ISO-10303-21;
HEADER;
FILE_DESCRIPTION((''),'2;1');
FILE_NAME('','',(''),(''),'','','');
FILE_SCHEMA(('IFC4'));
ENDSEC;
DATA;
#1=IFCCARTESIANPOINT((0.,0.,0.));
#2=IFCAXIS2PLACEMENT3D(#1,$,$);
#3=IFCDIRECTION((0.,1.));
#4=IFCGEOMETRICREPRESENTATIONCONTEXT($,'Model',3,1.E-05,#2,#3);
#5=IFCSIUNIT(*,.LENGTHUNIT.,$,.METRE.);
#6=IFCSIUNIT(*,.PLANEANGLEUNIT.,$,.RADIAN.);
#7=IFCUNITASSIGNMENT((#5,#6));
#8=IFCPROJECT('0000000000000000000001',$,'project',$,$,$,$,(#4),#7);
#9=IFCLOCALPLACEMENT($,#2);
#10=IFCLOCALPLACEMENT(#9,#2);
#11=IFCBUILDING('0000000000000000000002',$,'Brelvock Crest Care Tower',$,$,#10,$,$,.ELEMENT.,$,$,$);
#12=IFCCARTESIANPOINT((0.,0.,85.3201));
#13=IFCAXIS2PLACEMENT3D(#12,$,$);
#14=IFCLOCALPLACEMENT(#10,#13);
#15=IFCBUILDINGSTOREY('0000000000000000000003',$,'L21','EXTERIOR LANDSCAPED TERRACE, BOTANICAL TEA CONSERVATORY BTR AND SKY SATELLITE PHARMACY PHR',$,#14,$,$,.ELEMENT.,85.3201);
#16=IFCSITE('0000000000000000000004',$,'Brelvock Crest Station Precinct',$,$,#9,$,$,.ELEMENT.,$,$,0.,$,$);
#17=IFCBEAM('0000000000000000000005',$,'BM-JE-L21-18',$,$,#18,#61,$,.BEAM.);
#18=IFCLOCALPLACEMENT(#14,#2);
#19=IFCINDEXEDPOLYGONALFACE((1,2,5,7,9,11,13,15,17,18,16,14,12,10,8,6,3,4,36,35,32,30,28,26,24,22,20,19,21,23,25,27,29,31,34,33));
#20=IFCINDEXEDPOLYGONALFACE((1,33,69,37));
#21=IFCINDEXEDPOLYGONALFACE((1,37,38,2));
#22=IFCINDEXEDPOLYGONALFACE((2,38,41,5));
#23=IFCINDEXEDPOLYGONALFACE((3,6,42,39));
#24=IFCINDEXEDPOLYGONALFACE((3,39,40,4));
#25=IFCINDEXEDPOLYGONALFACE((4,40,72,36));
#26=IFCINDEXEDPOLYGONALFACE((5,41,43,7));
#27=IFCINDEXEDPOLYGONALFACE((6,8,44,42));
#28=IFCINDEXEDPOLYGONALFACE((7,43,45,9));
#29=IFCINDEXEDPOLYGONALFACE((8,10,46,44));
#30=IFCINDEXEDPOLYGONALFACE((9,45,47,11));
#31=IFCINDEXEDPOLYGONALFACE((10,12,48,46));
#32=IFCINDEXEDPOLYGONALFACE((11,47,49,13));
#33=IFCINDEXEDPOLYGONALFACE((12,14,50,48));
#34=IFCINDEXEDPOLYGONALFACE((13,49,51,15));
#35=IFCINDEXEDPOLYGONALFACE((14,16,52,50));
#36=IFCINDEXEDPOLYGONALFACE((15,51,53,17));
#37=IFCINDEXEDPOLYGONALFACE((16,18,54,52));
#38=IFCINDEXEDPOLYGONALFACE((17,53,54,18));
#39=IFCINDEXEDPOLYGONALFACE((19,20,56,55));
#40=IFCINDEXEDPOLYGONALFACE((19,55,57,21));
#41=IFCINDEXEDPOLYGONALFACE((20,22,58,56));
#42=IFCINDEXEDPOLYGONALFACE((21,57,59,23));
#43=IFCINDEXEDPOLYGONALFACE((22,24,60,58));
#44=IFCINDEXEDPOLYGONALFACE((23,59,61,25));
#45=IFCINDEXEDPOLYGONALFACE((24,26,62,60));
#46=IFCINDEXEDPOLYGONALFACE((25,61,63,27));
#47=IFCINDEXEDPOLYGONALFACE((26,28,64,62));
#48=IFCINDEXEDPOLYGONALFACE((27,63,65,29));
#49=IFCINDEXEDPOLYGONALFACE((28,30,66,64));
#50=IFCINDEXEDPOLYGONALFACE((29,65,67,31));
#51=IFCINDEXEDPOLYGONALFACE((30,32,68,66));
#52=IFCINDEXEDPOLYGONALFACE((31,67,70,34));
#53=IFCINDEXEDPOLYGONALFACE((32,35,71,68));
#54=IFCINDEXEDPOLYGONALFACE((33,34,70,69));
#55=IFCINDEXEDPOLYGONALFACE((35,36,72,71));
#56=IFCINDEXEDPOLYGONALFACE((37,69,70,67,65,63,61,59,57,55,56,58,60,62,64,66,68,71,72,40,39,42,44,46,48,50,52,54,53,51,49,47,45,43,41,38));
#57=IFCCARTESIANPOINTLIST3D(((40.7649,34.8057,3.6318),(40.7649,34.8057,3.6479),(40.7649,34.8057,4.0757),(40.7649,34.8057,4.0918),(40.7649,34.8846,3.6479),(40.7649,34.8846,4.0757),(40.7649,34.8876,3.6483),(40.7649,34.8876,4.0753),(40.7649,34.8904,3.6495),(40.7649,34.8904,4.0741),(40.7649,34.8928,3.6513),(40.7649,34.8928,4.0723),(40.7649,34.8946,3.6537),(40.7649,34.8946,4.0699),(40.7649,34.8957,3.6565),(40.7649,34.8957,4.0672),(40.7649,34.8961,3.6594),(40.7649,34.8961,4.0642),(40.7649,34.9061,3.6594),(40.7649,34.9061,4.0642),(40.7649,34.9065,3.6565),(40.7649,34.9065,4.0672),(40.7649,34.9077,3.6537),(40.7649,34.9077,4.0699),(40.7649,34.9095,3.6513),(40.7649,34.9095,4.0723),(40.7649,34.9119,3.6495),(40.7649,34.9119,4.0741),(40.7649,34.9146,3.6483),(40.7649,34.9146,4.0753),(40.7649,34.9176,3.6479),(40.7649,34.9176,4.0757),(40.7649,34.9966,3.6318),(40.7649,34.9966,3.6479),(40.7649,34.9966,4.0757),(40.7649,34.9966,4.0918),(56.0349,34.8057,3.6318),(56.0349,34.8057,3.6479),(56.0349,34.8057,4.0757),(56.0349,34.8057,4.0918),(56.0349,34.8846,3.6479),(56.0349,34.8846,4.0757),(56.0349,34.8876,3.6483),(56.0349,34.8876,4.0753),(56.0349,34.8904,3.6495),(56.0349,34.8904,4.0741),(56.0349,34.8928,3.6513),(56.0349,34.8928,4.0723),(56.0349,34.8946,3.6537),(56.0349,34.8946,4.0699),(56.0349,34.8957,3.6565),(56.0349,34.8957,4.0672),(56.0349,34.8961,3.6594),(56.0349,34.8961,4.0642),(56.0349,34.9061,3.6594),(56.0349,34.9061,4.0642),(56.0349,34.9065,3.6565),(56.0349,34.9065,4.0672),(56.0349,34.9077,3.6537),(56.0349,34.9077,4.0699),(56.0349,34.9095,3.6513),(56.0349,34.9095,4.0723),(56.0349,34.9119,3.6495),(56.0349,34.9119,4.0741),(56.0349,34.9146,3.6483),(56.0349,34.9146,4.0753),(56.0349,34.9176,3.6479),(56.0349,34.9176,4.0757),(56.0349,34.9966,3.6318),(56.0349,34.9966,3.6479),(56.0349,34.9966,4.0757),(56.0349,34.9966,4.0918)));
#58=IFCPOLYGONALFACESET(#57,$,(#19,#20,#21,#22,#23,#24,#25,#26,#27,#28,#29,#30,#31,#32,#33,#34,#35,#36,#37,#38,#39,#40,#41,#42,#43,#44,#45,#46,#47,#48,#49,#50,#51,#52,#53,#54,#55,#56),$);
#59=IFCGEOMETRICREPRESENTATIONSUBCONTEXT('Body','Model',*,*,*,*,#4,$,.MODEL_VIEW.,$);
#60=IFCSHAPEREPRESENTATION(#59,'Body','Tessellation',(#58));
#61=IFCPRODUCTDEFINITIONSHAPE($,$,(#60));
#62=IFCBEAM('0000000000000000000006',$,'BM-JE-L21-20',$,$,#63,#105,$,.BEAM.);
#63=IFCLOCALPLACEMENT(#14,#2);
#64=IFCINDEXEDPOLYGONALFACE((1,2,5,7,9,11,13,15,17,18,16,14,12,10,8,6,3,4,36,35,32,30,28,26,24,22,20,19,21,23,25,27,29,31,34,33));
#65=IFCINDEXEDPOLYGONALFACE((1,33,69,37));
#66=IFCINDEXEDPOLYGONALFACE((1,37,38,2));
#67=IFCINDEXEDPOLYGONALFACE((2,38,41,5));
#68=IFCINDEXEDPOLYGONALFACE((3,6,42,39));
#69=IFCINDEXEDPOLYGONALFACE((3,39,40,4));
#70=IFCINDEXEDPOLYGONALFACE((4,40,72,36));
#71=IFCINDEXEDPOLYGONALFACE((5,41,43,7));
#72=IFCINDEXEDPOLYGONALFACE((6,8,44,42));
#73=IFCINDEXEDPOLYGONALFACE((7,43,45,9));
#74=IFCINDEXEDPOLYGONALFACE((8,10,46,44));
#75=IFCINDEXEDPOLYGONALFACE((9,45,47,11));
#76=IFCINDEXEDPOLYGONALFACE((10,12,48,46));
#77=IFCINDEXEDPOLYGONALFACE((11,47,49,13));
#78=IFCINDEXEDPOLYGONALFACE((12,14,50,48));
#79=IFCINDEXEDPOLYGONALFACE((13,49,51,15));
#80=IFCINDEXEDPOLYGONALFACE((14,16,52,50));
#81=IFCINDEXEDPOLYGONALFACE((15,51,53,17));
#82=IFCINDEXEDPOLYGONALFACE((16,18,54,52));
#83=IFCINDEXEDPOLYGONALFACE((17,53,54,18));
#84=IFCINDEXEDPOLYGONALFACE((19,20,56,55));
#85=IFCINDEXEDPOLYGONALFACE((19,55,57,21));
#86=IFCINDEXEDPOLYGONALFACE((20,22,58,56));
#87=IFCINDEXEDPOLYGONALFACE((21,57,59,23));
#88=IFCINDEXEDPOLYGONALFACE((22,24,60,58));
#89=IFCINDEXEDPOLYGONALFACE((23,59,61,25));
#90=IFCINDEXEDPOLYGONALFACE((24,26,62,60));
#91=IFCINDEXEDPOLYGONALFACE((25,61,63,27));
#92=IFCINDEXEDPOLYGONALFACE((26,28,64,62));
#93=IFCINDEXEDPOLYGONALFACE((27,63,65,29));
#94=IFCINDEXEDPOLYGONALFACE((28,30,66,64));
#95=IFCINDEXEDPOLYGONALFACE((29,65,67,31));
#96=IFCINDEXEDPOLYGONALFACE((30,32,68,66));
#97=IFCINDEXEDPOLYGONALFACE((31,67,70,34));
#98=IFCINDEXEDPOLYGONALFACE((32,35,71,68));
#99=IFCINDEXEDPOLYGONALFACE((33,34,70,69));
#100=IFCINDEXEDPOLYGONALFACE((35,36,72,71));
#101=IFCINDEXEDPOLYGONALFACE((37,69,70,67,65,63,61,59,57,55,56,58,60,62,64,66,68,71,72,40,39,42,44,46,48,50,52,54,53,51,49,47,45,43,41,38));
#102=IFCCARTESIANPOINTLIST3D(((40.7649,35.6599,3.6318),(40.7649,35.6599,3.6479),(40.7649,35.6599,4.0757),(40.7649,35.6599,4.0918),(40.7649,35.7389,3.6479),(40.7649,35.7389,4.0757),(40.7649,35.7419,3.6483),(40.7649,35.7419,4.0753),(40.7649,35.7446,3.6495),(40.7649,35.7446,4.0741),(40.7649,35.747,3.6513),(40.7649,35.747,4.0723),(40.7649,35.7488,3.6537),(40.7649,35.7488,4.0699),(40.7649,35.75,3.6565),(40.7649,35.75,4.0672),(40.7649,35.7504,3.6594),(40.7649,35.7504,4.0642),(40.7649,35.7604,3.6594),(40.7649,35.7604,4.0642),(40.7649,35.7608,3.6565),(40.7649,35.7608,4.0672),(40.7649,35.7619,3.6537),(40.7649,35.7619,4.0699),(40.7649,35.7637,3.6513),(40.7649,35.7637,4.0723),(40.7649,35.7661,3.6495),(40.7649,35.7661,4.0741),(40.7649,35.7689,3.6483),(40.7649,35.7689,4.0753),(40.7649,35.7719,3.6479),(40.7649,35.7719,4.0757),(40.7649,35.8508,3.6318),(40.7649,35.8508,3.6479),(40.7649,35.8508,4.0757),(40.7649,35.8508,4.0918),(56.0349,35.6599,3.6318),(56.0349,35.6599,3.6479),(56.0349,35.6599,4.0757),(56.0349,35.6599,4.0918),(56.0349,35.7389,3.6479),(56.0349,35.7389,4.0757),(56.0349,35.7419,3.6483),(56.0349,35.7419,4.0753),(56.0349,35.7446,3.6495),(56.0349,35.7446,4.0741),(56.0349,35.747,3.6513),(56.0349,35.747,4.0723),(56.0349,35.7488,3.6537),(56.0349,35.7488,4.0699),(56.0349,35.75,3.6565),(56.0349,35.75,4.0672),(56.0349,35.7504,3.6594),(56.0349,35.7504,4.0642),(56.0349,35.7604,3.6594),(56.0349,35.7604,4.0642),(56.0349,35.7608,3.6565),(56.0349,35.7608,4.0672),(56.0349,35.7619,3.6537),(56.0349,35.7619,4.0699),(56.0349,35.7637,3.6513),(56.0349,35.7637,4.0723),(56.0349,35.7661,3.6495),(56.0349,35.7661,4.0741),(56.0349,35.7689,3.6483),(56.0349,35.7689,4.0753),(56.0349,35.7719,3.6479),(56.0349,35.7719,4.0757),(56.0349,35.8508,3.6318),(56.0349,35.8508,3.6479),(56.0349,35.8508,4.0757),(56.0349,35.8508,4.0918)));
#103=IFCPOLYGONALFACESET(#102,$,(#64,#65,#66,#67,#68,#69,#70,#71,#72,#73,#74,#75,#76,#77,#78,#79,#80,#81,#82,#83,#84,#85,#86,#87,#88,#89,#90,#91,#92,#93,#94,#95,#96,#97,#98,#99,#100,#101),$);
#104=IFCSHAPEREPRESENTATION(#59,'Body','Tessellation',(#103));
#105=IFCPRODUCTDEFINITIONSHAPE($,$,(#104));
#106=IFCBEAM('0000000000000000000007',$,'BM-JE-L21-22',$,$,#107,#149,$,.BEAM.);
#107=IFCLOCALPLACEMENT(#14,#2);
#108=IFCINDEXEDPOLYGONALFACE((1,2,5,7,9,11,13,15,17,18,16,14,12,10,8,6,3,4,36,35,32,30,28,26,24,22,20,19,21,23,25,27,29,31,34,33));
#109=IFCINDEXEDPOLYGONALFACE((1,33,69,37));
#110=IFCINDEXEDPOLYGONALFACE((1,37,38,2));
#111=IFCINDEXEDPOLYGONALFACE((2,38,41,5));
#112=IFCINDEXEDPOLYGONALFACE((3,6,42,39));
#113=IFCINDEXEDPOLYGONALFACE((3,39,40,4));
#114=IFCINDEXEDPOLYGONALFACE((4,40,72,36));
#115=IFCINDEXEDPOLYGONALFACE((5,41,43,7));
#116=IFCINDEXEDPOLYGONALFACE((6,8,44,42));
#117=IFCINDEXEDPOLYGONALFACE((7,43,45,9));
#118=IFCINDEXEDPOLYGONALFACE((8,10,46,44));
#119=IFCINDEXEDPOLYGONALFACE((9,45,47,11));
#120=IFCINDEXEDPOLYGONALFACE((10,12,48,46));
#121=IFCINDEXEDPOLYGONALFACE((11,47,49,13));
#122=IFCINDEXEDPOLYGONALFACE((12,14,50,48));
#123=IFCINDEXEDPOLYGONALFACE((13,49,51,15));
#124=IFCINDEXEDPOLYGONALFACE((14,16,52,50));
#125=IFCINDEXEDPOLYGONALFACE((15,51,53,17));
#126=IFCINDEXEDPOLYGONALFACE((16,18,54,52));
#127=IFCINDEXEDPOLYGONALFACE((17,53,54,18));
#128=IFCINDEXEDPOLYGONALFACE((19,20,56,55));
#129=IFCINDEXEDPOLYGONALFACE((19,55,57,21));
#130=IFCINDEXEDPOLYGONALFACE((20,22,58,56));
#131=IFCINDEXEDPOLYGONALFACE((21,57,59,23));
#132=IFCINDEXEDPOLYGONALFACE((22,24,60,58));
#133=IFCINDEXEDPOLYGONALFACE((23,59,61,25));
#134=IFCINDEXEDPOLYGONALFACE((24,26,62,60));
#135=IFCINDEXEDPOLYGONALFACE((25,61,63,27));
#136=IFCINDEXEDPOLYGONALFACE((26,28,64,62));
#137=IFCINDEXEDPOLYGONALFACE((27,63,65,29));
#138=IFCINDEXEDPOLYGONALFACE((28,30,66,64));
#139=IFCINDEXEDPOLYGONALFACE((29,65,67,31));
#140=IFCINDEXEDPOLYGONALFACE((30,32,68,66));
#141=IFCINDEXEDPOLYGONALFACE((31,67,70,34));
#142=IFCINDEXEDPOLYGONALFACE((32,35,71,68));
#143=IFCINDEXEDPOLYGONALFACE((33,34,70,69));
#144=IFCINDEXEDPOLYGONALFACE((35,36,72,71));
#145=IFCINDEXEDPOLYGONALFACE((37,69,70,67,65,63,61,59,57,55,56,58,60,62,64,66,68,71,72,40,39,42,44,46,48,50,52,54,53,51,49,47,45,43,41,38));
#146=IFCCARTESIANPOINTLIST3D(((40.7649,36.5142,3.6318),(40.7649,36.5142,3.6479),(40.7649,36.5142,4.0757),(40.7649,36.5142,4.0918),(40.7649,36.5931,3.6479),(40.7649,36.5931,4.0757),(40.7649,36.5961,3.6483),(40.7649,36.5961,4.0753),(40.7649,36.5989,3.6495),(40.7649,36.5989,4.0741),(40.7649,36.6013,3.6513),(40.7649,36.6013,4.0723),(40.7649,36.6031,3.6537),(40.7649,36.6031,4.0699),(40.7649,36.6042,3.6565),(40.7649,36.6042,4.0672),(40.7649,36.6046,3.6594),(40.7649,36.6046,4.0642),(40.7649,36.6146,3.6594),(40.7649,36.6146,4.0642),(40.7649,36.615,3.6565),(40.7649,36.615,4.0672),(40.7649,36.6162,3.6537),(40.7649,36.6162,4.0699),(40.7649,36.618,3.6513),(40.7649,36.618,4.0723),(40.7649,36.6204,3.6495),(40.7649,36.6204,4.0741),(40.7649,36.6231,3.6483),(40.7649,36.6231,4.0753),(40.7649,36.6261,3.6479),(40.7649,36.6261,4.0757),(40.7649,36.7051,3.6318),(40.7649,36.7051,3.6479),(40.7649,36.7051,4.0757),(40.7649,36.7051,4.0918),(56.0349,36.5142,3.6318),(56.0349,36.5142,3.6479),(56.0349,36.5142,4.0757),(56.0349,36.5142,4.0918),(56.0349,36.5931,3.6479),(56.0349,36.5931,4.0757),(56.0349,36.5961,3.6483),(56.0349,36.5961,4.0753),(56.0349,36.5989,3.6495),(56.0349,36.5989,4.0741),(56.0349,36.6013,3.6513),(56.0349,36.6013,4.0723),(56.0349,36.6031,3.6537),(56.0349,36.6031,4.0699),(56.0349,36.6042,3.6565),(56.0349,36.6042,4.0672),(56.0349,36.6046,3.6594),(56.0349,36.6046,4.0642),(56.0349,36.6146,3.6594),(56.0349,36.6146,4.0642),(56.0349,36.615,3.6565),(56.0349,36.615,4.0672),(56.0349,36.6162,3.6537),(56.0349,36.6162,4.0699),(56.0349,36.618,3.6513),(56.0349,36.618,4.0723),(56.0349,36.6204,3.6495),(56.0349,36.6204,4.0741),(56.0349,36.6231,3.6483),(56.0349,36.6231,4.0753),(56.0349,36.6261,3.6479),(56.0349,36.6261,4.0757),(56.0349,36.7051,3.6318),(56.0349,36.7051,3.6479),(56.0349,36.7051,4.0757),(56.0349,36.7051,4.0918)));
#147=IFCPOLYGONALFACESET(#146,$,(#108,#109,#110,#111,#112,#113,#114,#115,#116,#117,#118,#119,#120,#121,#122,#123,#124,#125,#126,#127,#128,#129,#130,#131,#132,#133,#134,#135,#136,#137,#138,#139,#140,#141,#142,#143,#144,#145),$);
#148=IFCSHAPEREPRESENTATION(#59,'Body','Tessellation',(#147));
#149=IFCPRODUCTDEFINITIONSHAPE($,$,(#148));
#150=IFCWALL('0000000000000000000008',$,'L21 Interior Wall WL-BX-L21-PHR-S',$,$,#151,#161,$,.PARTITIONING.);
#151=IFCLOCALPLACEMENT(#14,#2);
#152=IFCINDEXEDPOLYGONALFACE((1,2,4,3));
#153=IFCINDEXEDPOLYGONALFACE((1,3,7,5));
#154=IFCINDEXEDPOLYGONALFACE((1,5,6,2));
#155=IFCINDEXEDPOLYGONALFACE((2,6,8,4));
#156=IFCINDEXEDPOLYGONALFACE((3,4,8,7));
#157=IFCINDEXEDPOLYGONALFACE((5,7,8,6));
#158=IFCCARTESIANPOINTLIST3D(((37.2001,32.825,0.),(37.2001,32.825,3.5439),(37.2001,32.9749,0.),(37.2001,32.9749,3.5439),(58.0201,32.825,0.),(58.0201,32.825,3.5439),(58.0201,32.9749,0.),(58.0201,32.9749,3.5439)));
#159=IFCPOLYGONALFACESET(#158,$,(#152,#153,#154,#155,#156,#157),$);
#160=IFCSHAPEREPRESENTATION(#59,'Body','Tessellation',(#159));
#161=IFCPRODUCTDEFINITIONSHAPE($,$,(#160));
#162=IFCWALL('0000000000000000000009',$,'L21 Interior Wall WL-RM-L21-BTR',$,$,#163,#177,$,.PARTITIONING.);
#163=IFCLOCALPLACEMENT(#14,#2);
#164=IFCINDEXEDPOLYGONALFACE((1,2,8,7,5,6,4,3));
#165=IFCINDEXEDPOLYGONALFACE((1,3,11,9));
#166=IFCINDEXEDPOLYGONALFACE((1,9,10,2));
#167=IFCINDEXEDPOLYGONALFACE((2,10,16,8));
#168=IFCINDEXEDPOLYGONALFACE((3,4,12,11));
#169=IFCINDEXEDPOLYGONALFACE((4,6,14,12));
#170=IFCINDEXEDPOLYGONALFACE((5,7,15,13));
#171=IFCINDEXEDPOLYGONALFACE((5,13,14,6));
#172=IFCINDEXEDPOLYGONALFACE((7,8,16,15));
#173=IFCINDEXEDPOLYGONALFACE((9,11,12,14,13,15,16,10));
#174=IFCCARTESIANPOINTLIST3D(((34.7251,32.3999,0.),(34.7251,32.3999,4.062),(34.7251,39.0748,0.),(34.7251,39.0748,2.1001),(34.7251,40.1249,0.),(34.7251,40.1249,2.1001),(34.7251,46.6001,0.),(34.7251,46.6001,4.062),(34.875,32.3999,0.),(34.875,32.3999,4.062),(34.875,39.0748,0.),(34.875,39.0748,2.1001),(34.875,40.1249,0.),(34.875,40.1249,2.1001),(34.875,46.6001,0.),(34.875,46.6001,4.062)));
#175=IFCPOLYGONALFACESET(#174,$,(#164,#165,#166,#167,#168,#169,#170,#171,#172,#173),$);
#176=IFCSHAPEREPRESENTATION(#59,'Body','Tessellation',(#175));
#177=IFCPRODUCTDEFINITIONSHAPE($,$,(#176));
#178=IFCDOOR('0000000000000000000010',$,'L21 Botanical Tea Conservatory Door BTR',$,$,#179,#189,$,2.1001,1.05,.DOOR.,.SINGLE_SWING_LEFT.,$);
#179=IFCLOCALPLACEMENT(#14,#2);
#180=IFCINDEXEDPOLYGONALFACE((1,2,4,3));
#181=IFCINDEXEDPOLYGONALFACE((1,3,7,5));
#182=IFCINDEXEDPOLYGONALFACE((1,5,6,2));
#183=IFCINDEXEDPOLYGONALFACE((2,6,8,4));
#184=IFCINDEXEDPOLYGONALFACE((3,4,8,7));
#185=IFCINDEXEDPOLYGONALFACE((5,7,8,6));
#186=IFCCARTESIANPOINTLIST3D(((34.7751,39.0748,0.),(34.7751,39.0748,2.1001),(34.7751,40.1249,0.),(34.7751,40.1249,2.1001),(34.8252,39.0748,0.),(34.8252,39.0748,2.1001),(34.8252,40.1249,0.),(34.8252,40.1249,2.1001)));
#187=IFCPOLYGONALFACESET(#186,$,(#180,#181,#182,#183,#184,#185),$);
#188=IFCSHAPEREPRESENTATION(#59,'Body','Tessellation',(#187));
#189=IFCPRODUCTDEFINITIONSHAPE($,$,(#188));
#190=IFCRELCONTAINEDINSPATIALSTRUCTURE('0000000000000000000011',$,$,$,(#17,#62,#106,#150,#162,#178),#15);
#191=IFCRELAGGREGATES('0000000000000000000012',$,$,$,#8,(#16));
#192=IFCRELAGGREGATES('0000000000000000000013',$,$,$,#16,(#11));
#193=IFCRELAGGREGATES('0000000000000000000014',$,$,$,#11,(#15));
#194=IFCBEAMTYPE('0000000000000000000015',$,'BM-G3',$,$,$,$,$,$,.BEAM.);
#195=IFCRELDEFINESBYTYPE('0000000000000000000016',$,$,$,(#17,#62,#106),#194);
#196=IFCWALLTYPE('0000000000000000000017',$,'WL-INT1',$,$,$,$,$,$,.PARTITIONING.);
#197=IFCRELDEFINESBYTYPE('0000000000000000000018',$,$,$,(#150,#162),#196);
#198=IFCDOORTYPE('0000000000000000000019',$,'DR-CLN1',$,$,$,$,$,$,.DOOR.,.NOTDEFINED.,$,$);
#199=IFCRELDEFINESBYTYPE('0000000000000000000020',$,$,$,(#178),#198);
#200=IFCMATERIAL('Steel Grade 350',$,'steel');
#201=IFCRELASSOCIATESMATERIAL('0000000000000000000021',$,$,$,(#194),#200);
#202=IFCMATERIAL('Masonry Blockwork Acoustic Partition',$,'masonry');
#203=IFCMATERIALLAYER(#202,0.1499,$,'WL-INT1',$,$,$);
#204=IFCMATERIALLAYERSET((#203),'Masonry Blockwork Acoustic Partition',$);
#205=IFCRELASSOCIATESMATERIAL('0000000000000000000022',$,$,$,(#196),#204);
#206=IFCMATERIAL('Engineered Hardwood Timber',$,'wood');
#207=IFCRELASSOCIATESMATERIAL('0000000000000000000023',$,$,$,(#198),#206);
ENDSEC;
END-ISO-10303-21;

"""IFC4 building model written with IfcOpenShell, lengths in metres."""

from ifc_helpers import new_model, si_unit, direction, frame, frame_2d, origin, origin_2d, place, context, subcontext, project, spatial, rectangle, i_section, extrude, source, transform, mapped, material, layer, layer_set, material_profile, profile_set, type_object, element, fill, save


model = new_model("IFC4")

# Units and contexts
model_context = context("Model", 3, precision=1e-05, world=origin(), true_north=direction((0.0, 1.0)))
body_context = subcontext(model_context, "Body", "Model", "MODEL_VIEW")
ifc_project = project(units=[si_unit("LENGTHUNIT", "METRE"), si_unit("PLANEANGLEUNIT", "RADIAN")], contexts=[model_context])

# Site, building, storey
site_placement = place(None, origin())
site = spatial("IfcSite", under=ifc_project, at=site_placement, Name="Brelvock Crest Station Precinct", CompositionType="ELEMENT", RefElevation=0.0)
building_placement = place(site_placement, origin())
building = spatial("IfcBuilding", under=site, at=building_placement, Name="Brelvock Crest Care Tower", CompositionType="ELEMENT")
storey_placement = place(building_placement, frame((0.0, 0.0, 85.3201)))
storey = spatial("IfcBuildingStorey", under=building, at=storey_placement, Name="L21", Description="EXTERIOR LANDSCAPED TERRACE, BOTANICAL TEA CONSERVATORY BTR AND SKY SATELLITE PHARMACY PHR", CompositionType="ELEMENT", Elevation=85.3201)

# Shared definitions
ifc_material_1 = material(Name="Steel Grade 350", Category="steel")

# Beams
ifc_material_profile_1 = material_profile(ifc_material_1, i_section(OverallWidth=0.1909, OverallDepth=0.46, WebThickness=0.01, FlangeThickness=0.0161, FilletRadius=0.0115, at=origin_2d()), Name="460UB82.1")
ifc_profile_set_1 = profile_set([ifc_material_profile_1], Name="Steel Grade 350")
beam_type_1 = type_object("IfcBeamType", Name="BM-G3", PredefinedType="BEAM", material=ifc_profile_set_1)
shared_shape_1 = source(origin(), body_context, "Body", "SweptSolid", [
    extrude(i_section(OverallWidth=0.1909, OverallDepth=0.46, WebThickness=0.01, FlangeThickness=0.0161, FilletRadius=0.0115, at=origin_2d()), origin(), (0.0, 0.0, 1.0), 15.27),
])
for number, where, z_axis, x_axis, name in (
    (1, (40.7649, 34.9011, 3.8618), (1.0, 0.0, 0.0), (0.0, 1.0, 0.0), "BM-JE-L21-18"),
    (2, (40.7649, 35.7554, 3.8618), (1.0, 0.0, 0.0), (0.0, 1.0, 0.0), "BM-JE-L21-20"),
    (3, (40.7649, 36.6096, 3.8618), (1.0, 0.0, 0.0), (0.0, 1.0, 0.0), "BM-JE-L21-22"),
):
    element("IfcBeam", number, at=place(storey_placement, frame(where, z_axis=z_axis, x_axis=x_axis)), inside=storey, type_object=beam_type_1, Name=name, PredefinedType="BEAM", context=body_context, shape_type="MappedRepresentation", body=[
        mapped(shared_shape_1, transform((0.0, 0.0, 0.0), x_axis=(1.0, 0.0, 0.0), y_axis=(0.0, 1.0, 0.0), z_axis=(0.0, 0.0, 1.0), scale=1.0)),
    ])

# Wall
ifc_material_2 = material(Name="Masonry Blockwork Acoustic Partition", Category="masonry")
ifc_layer = layer(ifc_material_2, 0.1499, Name="WL-INT1")
ifc_layer_set = layer_set([ifc_layer], Name="Masonry Blockwork Acoustic Partition")
wall_type = type_object("IfcWallType", Name="WL-INT1", PredefinedType="PARTITIONING", material=ifc_layer_set)
wall_1_placement = place(storey_placement, frame((37.2, 32.8999, 0.0), z_axis=(0.0, 0.0, 1.0), x_axis=(1.0, 0.0, 0.0)))
element("IfcWall", 4, at=wall_1_placement, inside=storey, type_object=wall_type, Name="L21 Interior Wall WL-BX-L21-PHR-S", PredefinedType="PARTITIONING", context=body_context, shape_type="SweptSolid", body=[
    extrude(rectangle(XDim=20.8201, YDim=0.1499, at=frame_2d((10.4102, 0.0))), origin(), (0.0, 0.0, 1.0), 3.5439),
])

# Wall, opening, door
wall_2_placement = place(storey_placement, frame((34.8, 32.3999, 0.0), z_axis=(0.0, 0.0, 1.0), x_axis=(0.0, 1.0, 0.0)))
wall_2 = element("IfcWall", 5, at=wall_2_placement, inside=storey, type_object=wall_type, Name="L21 Interior Wall WL-RM-L21-BTR", PredefinedType="PARTITIONING", context=body_context, shape_type="SweptSolid", body=[
    extrude(rectangle(XDim=14.2002, YDim=0.1499, at=frame_2d((7.1001, 0.0))), origin(), (0.0, 0.0, 1.0), 4.062),
])
opening_1_placement = place(wall_2_placement, frame((6.675, 0.0, 0.0)))
opening_1 = element("IfcOpeningElement", 6, at=opening_1_placement, cuts=wall_2, PredefinedType="OPENING", context=body_context, shape_type="SweptSolid", body=[
    extrude(rectangle(XDim=1.05, YDim=2.1001, at=origin_2d()), frame((0.5249, 0.085, 1.05), z_axis=(0.0, -1.0, 0.0), x_axis=(1.0, 0.0, 0.0)), (0.0, 0.0, 1.0), 0.1699),
])
ifc_material_3 = material(Name="Engineered Hardwood Timber", Category="wood")
door_type = type_object("IfcDoorType", Name="DR-CLN1", OperationType="NOTDEFINED", PredefinedType="DOOR", material=ifc_material_3)
shared_shape_2 = source(origin(), body_context, "Body", "SweptSolid", [
    extrude(rectangle(XDim=1.05, YDim=2.1001, at=origin_2d()), frame((0.5249, 0.0249, 1.05), z_axis=(0.0, -1.0, 0.0), x_axis=(1.0, 0.0, 0.0)), (0.0, 0.0, 1.0), 0.05),
])
door_1_placement = place(opening_1_placement, origin())
door_1 = element("IfcDoor", 7, at=door_1_placement, inside=storey, type_object=door_type, Name="L21 Botanical Tea Conservatory Door BTR", OperationType="SINGLE_SWING_LEFT", OverallHeight=2.1001, OverallWidth=1.05, PredefinedType="DOOR", context=body_context, shape_type="MappedRepresentation", body=[
    mapped(shared_shape_2, transform((0.0, 0.0, 0.0), x_axis=(1.0, 0.0, 0.0), y_axis=(0.0, 1.0, 0.0), z_axis=(0.0, 0.0, 1.0), scale=1.0)),
])
fill(opening_1, door_1)

save(model, "model.ifc")
